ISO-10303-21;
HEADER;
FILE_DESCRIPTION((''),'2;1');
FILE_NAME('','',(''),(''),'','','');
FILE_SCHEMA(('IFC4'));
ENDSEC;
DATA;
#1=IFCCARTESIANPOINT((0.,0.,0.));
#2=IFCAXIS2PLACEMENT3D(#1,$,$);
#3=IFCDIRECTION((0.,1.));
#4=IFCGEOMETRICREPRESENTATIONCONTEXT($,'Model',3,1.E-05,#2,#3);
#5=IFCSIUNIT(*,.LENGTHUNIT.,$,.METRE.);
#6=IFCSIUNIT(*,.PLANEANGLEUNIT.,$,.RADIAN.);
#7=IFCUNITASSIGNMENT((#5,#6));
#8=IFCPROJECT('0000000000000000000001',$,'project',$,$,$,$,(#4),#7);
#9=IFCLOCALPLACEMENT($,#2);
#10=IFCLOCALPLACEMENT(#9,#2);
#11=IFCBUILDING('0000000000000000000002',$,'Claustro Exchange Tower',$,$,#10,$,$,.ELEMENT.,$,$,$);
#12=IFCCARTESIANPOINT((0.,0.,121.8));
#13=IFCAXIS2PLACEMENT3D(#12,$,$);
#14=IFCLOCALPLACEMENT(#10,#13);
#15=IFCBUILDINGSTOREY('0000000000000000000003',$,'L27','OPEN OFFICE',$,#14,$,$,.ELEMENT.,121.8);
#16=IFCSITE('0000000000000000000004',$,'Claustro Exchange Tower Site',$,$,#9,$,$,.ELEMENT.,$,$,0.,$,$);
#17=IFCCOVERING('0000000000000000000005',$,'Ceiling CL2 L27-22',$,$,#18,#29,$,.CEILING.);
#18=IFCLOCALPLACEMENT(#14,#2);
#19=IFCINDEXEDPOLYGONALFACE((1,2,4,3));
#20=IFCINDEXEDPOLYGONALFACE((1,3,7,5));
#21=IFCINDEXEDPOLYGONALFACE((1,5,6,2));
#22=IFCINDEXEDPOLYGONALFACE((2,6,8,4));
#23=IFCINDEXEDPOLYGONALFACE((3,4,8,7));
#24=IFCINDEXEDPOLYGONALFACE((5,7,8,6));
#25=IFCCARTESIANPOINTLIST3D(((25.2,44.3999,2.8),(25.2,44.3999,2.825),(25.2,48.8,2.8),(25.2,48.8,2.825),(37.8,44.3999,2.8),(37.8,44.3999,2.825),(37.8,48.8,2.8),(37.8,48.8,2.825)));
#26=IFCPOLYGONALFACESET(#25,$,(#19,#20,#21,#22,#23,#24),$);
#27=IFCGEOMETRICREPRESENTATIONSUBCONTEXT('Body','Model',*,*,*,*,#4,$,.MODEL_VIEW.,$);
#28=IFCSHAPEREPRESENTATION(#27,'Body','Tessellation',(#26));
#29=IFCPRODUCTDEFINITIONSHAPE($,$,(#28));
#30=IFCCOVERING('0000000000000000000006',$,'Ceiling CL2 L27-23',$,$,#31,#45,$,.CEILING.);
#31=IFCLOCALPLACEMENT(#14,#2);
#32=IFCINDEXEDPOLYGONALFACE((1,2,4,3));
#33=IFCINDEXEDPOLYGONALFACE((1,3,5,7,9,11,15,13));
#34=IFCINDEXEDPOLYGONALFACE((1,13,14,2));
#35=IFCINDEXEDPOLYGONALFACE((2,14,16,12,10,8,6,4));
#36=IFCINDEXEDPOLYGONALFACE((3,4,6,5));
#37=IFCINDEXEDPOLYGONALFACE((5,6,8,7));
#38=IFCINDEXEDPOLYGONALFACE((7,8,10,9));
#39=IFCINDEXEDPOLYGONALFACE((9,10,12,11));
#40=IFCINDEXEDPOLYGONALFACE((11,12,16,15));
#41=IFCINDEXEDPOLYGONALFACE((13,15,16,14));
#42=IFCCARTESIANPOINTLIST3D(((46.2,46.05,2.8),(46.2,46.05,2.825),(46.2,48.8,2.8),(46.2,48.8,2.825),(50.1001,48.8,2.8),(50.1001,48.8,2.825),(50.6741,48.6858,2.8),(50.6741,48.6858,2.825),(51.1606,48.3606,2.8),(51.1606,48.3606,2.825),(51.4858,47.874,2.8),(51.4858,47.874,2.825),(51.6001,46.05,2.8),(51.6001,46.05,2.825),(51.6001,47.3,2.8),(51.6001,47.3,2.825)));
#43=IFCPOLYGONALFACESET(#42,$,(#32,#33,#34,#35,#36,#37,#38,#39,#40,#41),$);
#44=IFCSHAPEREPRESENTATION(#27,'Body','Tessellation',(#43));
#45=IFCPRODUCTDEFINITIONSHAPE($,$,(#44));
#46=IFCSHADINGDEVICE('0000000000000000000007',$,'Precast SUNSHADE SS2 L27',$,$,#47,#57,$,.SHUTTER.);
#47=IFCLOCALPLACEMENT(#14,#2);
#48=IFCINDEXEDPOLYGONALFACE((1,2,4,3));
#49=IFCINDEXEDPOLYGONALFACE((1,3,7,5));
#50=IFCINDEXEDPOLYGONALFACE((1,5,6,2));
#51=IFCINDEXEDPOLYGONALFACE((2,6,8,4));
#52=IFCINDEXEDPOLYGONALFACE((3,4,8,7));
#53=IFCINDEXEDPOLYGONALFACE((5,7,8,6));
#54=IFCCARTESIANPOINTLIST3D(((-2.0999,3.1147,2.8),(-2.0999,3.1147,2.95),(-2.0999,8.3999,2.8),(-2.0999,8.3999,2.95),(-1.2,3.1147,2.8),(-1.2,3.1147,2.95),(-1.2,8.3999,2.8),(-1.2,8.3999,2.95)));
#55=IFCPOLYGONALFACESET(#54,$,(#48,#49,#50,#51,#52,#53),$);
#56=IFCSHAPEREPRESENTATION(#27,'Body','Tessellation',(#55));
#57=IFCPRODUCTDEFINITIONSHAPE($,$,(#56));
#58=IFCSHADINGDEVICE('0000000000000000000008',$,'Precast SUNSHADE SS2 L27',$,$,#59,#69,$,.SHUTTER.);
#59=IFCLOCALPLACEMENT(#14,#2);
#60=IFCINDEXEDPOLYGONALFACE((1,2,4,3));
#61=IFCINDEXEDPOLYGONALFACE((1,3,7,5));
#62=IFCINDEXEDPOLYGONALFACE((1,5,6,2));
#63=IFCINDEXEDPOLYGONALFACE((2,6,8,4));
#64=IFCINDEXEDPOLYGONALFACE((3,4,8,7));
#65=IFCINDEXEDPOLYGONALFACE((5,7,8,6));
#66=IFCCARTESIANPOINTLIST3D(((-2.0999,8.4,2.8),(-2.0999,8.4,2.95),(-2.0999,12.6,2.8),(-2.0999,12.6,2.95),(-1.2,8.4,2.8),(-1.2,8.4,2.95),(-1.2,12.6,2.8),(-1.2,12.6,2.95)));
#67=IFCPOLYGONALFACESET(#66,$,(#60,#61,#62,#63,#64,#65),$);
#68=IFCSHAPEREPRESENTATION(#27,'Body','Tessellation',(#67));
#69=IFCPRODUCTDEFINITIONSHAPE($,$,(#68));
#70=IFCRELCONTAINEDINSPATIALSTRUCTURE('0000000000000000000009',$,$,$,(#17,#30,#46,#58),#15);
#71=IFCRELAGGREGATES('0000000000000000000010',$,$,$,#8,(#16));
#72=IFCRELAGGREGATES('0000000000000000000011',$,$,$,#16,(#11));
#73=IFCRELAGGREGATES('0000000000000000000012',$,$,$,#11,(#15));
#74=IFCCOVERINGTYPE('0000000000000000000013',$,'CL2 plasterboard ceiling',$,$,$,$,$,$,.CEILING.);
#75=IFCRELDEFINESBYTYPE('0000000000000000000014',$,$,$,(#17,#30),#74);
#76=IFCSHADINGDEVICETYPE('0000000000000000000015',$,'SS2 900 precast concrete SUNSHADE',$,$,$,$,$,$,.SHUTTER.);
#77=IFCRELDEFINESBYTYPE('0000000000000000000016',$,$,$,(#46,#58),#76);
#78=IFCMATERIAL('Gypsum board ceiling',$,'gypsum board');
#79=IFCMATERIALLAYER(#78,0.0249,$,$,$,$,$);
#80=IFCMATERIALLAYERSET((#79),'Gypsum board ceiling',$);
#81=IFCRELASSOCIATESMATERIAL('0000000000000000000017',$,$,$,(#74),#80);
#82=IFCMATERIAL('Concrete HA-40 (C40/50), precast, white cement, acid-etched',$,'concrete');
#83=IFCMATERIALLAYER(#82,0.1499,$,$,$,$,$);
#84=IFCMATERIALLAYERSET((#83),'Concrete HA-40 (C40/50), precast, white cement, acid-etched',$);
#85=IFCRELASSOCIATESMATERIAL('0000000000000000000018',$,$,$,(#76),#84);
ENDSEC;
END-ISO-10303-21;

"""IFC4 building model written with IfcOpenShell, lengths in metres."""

from ifc_helpers import new_model, si_unit, direction, frame, origin, origin_2d, place, context, subcontext, project, spatial, polyline, rectangle, outline, extrude, material, layer, layer_set, type_object, element, save


model = new_model("IFC4")

# Units and contexts
model_context = context("Model", 3, precision=1e-05, world=origin(), true_north=direction((0.0, 1.0)))
body_context = subcontext(model_context, "Body", "Model", "MODEL_VIEW")
ifc_project = project(units=[si_unit("LENGTHUNIT", "METRE"), si_unit("PLANEANGLEUNIT", "RADIAN")], contexts=[model_context])

# Site, building, storey
site_placement = place(None, origin())
site = spatial("IfcSite", under=ifc_project, at=site_placement, Name="Claustro Exchange Tower Site", CompositionType="ELEMENT", RefElevation=0.0)
building_placement = place(site_placement, origin())
building = spatial("IfcBuilding", under=site, at=building_placement, Name="Claustro Exchange Tower", CompositionType="ELEMENT")
storey_placement = place(building_placement, frame((0.0, 0.0, 121.8)))
storey = spatial("IfcBuildingStorey", under=building, at=storey_placement, Name="L27", Description="OPEN OFFICE", CompositionType="ELEMENT", Elevation=121.8)

# Coverings
ifc_material_1 = material(Name="Gypsum board ceiling", Category="gypsum board")
ifc_layer_1 = layer(ifc_material_1, 0.0249)
ifc_layer_set_1 = layer_set([ifc_layer_1], Name="Gypsum board ceiling")
covering_type_1 = type_object("IfcCoveringType", Name="CL2 plasterboard ceiling", PredefinedType="CEILING", material=ifc_layer_set_1)
covering_1_placement = place(storey_placement, frame((0.0, 0.0, 2.8)))
element("IfcCovering", 1, at=covering_1_placement, inside=storey, type_object=covering_type_1, Name="Ceiling CL2 L27-22", PredefinedType="CEILING", context=body_context, shape_type="SweptSolid", body=[
    extrude(outline(polyline([(37.8, 48.8), (25.2, 48.8), (25.2, 44.3999), (37.8, 44.3999), (37.8, 48.8)])), origin(), (0.0, 0.0, 1.0), 0.0249),
])
covering_2_placement = place(storey_placement, frame((0.0, 0.0, 2.8)))
element("IfcCovering", 2, at=covering_2_placement, inside=storey, type_object=covering_type_1, Name="Ceiling CL2 L27-23", PredefinedType="CEILING", context=body_context, shape_type="SweptSolid", body=[
    extrude(outline(polyline([(50.1001, 48.8), (46.2, 48.8), (46.2, 46.05), (51.6001, 46.05), (51.6001, 47.3), (51.4858, 47.874), (51.1606, 48.3606), (50.6741, 48.6858), (50.1001, 48.8)])), origin(), (0.0, 0.0, 1.0), 0.0249),
])

# Shading devices
ifc_material_2 = material(Name="Concrete HA-40 (C40/50), precast, white cement, acid-etched", Category="concrete")
ifc_layer_2 = layer(ifc_material_2, 0.1499)
ifc_layer_set_2 = layer_set([ifc_layer_2], Name="Concrete HA-40 (C40/50), precast, white cement, acid-etched")
shading_device_type = type_object("IfcShadingDeviceType", Name="SS2 900 precast concrete SUNSHADE", PredefinedType="SHUTTER", material=ifc_layer_set_2)
shading_device_1_placement = place(storey_placement, frame((-1.6499, 5.7573, 2.8), z_axis=(0.0, 0.0, 1.0), x_axis=(0.0, 1.0, 0.0)))
element("IfcShadingDevice", 3, at=shading_device_1_placement, inside=storey, type_object=shading_device_type, Name="Precast SUNSHADE SS2 L27", PredefinedType="SHUTTER", context=body_context, shape_type="SweptSolid", body=[
    extrude(rectangle(XDim=5.2852, YDim=0.8999, at=origin_2d()), origin(), (0.0, 0.0, 1.0), 0.1499),
])
shading_device_2_placement = place(storey_placement, frame((-1.6499, 10.5, 2.8), z_axis=(0.0, 0.0, 1.0), x_axis=(0.0, 1.0, 0.0)))
element("IfcShadingDevice", 4, at=shading_device_2_placement, inside=storey, type_object=shading_device_type, Name="Precast SUNSHADE SS2 L27", PredefinedType="SHUTTER", context=body_context, shape_type="SweptSolid", body=[
    extrude(rectangle(XDim=4.2, YDim=0.8999, at=origin_2d()), origin(), (0.0, 0.0, 1.0), 0.1499),
])

save(model, "model.ifc")
